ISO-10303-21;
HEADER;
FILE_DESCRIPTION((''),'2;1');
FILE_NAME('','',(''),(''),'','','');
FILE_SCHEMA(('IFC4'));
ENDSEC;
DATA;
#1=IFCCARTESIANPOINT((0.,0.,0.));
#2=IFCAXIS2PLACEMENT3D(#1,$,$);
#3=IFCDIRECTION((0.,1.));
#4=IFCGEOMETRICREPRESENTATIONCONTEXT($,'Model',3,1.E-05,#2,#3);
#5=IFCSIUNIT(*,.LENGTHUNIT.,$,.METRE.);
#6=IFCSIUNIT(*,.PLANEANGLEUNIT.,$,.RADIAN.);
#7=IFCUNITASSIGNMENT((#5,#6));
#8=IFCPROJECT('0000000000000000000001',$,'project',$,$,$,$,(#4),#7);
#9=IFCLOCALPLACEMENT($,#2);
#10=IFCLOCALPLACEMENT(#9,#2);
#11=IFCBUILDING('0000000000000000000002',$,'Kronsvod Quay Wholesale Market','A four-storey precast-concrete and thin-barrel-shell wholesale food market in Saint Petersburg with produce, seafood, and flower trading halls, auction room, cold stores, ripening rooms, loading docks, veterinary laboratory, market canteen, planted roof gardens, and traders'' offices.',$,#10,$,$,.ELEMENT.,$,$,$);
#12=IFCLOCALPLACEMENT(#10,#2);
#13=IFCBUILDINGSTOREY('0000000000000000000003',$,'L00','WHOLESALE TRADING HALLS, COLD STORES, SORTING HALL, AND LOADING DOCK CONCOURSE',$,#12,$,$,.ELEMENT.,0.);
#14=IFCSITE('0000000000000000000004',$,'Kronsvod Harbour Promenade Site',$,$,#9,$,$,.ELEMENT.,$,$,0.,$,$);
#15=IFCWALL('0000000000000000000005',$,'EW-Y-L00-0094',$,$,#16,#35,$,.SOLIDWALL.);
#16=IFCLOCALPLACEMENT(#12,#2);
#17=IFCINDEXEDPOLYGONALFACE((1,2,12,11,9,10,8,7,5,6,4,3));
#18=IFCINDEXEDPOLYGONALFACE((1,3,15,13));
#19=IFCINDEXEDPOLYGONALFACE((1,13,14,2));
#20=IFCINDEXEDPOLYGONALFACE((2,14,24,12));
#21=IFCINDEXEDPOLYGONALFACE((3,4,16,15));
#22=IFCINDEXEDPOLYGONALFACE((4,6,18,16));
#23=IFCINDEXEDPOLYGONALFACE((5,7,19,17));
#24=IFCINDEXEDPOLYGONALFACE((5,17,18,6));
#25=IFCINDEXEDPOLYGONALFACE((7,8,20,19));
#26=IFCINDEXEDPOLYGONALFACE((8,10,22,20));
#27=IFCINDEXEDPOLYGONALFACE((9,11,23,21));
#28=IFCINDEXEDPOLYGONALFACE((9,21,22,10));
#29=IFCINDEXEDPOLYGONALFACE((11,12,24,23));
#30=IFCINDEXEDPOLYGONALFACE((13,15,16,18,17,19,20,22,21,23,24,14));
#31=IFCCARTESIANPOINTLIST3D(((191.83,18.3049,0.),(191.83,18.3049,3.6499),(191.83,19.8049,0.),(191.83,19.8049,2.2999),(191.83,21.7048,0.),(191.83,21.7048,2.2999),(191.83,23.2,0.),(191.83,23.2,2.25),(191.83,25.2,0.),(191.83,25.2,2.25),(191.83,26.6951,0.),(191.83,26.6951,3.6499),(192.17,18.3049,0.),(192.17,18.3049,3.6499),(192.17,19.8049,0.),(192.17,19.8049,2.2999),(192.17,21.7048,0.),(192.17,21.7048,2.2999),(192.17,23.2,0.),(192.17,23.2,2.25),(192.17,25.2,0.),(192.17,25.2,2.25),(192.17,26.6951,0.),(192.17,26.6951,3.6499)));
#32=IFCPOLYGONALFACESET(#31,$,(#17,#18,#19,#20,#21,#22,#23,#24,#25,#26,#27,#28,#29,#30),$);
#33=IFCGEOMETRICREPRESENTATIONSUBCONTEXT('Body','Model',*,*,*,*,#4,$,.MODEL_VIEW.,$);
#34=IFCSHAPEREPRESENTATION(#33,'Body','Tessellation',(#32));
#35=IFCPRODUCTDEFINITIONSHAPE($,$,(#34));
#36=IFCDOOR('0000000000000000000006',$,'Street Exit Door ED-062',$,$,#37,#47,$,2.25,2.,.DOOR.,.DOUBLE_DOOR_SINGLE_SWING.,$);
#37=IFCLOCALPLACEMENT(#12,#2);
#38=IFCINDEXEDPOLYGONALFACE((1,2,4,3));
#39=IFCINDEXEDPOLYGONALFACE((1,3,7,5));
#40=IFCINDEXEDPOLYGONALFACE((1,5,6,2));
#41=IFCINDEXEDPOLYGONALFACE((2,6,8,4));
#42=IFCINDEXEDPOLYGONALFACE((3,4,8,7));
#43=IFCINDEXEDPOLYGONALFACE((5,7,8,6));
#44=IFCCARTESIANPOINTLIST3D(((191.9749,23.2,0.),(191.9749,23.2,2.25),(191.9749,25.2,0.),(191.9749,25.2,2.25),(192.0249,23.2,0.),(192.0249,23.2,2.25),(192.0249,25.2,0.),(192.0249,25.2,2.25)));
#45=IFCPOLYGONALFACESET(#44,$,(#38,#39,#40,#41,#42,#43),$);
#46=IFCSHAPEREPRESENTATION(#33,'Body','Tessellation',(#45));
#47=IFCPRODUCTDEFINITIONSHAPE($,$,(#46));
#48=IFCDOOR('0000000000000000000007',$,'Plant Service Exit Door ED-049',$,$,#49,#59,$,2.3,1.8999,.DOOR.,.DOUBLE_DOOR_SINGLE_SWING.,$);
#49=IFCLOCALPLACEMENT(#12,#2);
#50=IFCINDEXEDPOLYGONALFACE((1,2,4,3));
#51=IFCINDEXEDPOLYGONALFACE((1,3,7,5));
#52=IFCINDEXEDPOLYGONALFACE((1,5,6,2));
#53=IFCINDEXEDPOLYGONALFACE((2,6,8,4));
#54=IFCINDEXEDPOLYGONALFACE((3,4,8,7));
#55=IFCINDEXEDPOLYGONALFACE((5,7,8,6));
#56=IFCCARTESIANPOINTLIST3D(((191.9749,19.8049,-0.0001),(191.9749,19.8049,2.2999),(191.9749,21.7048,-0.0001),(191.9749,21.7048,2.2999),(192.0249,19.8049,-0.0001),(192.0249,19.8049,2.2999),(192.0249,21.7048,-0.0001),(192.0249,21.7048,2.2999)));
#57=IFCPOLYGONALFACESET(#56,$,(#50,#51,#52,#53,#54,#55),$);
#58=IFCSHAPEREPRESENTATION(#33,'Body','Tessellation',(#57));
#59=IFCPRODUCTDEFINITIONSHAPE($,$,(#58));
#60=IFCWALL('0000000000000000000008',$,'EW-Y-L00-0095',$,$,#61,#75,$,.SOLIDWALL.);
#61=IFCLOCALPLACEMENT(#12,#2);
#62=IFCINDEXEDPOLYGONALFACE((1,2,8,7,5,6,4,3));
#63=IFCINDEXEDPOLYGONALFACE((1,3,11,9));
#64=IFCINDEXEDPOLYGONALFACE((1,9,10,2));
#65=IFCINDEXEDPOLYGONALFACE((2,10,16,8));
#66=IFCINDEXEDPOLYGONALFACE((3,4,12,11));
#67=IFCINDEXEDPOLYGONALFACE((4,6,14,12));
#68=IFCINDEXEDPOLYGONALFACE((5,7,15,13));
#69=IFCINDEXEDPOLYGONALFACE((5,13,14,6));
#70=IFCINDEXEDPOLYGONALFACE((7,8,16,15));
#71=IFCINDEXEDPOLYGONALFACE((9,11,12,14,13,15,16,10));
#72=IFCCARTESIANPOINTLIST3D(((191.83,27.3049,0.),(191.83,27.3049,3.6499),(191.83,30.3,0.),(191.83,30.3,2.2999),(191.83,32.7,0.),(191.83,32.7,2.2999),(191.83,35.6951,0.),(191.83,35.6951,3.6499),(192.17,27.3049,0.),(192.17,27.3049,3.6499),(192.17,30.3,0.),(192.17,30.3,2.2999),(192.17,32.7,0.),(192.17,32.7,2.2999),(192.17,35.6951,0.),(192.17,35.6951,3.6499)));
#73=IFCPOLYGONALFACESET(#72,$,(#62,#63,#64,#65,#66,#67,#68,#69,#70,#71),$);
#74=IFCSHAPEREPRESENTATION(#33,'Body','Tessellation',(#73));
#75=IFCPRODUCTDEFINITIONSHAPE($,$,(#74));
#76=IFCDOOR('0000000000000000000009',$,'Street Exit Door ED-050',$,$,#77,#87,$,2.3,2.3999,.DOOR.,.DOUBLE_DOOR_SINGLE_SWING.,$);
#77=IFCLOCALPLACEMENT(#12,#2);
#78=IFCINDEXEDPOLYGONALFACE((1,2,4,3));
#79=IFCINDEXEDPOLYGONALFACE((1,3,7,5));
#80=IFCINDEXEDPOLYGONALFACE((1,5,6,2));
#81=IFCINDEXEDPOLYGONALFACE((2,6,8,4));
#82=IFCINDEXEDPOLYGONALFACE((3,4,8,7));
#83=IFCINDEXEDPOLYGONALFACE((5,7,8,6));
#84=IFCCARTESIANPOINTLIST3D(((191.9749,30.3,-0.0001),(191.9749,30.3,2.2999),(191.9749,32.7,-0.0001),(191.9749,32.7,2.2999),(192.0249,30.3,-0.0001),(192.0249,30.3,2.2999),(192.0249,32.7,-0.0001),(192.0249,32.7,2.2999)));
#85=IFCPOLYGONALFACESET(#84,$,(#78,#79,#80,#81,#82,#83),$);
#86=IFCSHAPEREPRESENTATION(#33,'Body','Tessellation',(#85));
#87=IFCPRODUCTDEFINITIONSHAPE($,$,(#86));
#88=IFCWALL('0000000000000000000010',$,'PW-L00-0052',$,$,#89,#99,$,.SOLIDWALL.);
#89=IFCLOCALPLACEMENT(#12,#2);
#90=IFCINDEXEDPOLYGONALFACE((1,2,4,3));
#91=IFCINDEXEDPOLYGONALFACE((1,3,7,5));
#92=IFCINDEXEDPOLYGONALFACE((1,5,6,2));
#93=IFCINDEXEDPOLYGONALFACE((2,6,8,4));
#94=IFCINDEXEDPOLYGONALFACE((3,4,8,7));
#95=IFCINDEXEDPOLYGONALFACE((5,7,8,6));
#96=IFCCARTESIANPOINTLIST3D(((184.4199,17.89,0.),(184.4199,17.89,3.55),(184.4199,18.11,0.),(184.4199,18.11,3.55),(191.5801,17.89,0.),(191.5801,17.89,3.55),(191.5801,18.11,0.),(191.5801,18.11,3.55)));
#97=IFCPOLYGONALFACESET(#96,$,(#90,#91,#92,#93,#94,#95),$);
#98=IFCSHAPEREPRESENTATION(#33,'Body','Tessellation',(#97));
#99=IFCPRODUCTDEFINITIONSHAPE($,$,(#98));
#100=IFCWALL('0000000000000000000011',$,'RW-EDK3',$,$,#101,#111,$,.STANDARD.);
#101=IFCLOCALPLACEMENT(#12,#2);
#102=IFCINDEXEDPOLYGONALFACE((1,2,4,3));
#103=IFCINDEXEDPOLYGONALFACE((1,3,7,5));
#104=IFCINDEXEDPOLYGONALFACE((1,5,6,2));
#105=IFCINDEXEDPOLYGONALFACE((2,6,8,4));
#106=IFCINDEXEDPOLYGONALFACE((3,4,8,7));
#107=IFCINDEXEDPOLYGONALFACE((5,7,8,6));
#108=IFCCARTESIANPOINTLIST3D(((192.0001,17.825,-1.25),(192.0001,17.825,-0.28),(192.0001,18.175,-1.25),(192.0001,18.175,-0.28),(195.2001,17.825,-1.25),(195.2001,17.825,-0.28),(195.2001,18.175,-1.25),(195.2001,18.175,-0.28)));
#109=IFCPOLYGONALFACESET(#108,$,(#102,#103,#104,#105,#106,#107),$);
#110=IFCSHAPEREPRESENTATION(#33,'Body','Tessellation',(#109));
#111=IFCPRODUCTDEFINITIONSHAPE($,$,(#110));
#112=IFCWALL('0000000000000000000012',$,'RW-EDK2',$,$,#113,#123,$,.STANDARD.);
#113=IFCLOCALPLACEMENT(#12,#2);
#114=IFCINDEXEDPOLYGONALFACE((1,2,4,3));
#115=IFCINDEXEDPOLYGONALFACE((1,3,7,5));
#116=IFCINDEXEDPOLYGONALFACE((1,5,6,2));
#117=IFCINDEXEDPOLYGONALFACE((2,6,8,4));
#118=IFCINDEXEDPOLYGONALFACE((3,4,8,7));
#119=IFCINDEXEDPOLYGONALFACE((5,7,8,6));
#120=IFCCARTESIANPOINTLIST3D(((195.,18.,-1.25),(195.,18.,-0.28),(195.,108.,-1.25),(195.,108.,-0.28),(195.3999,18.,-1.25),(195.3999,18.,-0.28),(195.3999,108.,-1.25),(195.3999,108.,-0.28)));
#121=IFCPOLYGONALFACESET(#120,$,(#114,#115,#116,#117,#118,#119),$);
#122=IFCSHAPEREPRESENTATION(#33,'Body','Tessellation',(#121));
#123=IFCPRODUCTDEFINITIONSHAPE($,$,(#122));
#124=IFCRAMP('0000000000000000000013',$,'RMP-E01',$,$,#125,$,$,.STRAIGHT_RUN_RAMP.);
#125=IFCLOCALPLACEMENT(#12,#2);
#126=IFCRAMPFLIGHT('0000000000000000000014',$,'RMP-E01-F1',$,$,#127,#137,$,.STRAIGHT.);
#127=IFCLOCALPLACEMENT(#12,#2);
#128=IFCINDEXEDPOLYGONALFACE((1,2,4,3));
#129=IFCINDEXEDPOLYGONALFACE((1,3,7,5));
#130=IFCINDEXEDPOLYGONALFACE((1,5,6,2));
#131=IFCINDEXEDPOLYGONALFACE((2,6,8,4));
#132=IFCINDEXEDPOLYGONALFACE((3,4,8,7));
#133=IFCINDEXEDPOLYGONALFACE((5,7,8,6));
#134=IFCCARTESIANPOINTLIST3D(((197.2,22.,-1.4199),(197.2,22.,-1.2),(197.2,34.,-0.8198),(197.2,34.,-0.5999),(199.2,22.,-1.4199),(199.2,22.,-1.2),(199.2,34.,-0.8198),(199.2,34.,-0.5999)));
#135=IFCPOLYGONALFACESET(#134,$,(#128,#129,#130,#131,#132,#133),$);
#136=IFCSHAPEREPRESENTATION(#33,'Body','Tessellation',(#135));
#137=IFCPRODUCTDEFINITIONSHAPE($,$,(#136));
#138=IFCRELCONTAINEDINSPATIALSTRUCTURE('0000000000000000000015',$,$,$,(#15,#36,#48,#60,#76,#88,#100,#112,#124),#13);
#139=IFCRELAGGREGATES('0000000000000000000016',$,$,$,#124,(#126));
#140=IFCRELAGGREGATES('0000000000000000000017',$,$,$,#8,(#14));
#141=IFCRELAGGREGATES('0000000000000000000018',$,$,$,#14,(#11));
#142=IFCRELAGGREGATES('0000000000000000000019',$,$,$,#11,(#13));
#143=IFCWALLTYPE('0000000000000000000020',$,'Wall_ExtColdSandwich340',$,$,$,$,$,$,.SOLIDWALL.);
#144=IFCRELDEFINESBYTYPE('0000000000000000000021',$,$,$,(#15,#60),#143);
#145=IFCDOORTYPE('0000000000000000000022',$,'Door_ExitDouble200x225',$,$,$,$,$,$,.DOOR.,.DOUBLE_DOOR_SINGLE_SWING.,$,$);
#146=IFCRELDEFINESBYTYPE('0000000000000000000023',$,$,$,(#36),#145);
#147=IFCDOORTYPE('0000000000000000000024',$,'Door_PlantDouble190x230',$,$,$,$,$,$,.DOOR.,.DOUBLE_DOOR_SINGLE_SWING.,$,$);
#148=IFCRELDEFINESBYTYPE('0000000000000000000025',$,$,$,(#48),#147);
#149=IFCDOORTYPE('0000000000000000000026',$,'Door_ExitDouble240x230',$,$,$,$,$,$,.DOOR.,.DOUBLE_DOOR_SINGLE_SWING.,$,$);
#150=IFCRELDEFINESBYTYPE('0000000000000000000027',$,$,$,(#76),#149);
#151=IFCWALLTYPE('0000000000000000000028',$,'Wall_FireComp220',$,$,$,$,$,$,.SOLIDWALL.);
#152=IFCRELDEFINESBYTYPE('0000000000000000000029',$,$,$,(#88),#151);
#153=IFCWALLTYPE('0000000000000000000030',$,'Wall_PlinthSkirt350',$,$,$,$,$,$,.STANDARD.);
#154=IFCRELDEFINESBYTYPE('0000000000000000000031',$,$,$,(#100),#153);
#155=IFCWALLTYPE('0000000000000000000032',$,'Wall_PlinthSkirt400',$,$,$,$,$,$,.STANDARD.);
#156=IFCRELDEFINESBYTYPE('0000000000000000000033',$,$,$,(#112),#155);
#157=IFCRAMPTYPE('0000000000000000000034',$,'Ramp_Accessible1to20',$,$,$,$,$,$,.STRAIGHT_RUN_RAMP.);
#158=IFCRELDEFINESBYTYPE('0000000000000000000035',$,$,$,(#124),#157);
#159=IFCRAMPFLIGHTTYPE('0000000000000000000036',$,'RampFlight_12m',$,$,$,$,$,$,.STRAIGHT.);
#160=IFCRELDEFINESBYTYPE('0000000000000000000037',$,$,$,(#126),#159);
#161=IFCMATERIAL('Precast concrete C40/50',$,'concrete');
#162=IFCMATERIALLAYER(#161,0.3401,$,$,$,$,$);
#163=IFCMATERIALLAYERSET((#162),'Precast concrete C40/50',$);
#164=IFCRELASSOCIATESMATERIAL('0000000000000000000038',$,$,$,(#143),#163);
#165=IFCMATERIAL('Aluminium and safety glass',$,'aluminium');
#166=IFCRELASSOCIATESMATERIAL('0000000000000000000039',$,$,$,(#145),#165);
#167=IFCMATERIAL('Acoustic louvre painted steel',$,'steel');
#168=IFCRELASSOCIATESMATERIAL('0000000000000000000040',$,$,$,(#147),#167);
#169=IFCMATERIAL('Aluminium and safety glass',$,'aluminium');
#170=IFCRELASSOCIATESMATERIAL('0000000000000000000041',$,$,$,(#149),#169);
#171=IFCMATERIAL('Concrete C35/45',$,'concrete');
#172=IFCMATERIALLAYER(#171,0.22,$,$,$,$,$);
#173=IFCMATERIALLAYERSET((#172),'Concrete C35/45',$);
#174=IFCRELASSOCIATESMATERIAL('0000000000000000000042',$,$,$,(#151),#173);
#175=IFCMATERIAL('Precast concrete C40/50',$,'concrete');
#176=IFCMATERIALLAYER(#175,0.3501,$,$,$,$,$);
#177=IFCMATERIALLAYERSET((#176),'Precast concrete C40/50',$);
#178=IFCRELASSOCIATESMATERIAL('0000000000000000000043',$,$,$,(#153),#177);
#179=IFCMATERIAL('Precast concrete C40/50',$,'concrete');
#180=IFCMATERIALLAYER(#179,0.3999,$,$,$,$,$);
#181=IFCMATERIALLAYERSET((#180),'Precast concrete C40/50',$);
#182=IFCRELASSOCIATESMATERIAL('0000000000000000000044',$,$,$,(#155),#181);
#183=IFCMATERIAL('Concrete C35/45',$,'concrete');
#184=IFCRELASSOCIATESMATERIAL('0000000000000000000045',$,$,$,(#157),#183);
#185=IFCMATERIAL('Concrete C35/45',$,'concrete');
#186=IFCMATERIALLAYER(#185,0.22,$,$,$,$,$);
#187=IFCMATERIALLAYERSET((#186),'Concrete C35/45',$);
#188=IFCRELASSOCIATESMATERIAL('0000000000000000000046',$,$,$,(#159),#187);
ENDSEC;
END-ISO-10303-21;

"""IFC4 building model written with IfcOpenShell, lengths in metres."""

from ifc_helpers import new_model, si_unit, direction, frame, frame_2d, origin, place, context, subcontext, project, spatial, polyline, rectangle, outline, extrude, material, layer, layer_set, type_object, element, fill, aggregate, save


model = new_model("IFC4")

# Units and contexts
model_context = context("Model", 3, precision=1e-05, world=origin(), true_north=direction((0.0, 1.0)))
body_context = subcontext(model_context, "Body", "Model", "MODEL_VIEW")
ifc_project = project(units=[si_unit("LENGTHUNIT", "METRE"), si_unit("PLANEANGLEUNIT", "RADIAN")], contexts=[model_context])

# Site, building, storey
site_placement = place(None, origin())
site = spatial("IfcSite", under=ifc_project, at=site_placement, Name="Kronsvod Harbour Promenade Site", CompositionType="ELEMENT", RefElevation=0.0)
building_placement = place(site_placement, origin())
building = spatial("IfcBuilding", under=site, at=building_placement, Name="Kronsvod Quay Wholesale Market", Description="A four-storey precast-concrete and thin-barrel-shell wholesale food market in Saint Petersburg with produce, seafood, and flower trading halls, auction room, cold stores, ripening rooms, loading docks, veterinary laboratory, market canteen, planted roof gardens, and traders' offices.", CompositionType="ELEMENT")
storey_placement = place(building_placement, origin())
storey = spatial("IfcBuildingStorey", under=building, at=storey_placement, Name="L00", Description="WHOLESALE TRADING HALLS, COLD STORES, SORTING HALL, AND LOADING DOCK CONCOURSE", CompositionType="ELEMENT", Elevation=0.0)

# Wall, openings, doors
ifc_material_1 = material(Name="Precast concrete C40/50", Category="concrete")
ifc_layer_1 = layer(ifc_material_1, 0.3401)
ifc_layer_set_1 = layer_set([ifc_layer_1], Name="Precast concrete C40/50")
wall_type_1 = type_object("IfcWallType", Name="Wall_ExtColdSandwich340", PredefinedType="SOLIDWALL", material=ifc_layer_set_1)
wall_1_placement = place(storey_placement, frame((192.0, 18.3049, 0.0), z_axis=(0.0, 0.0, 1.0), x_axis=(0.0, 1.0, 0.0)))
wall_1 = element("IfcWall", 1, at=wall_1_placement, inside=storey, type_object=wall_type_1, Name="EW-Y-L00-0094", PredefinedType="SOLIDWALL", context=body_context, shape_type="SweptSolid", body=[
    extrude(rectangle(XDim=8.3901, YDim=0.3401, at=frame_2d((4.1951, 0.0))), origin(), (0.0, 0.0, 1.0), 3.6499),
])
opening_1_placement = place(wall_1_placement, frame((1.5, 0.0, 0.0)))
opening_1 = element("IfcOpeningElement", 2, at=opening_1_placement, cuts=wall_1, PredefinedType="OPENING", context=body_context, shape_type="SweptSolid", body=[
    extrude(rectangle(XDim=1.8999, YDim=2.3, at=frame_2d((0.95, 1.1499))), frame((0.0, 0.1802, 0.0), z_axis=(0.0, -1.0, 0.0), x_axis=(1.0, 0.0, 0.0)), (0.0, 0.0, 1.0), 0.3601),
])
opening_2_placement = place(wall_1_placement, frame((4.895, 0.0, 0.0)))
opening_2 = element("IfcOpeningElement", 3, at=opening_2_placement, cuts=wall_1, PredefinedType="OPENING", context=body_context, shape_type="SweptSolid", body=[
    extrude(rectangle(XDim=2.0, YDim=2.25, at=frame_2d((1.0, 1.125))), frame((0.0, 0.1802, 0.0), z_axis=(0.0, -1.0, 0.0), x_axis=(1.0, 0.0, 0.0)), (0.0, 0.0, 1.0), 0.3601),
])
ifc_material_2 = material(Name="Aluminium and safety glass", Category="aluminium")
door_type_1 = type_object("IfcDoorType", Name="Door_ExitDouble200x225", OperationType="DOUBLE_DOOR_SINGLE_SWING", PredefinedType="DOOR", material=ifc_material_2)
door_1_placement = place(opening_2_placement, frame((2.0, 0.0, 0.0), z_axis=(0.0, 0.0, 1.0), x_axis=(-1.0, 0.0, 0.0)))
door_1 = element("IfcDoor", 4, at=door_1_placement, inside=storey, type_object=door_type_1, Name="Street Exit Door ED-062", OperationType="DOUBLE_DOOR_SINGLE_SWING", OverallHeight=2.25, OverallWidth=2.0, PredefinedType="DOOR", context=body_context, shape_type="SweptSolid", body=[
    extrude(rectangle(XDim=2.0, YDim=2.25, at=frame_2d((1.0, 1.125))), frame((0.0, 0.0249, 0.0), z_axis=(0.0, -1.0, 0.0), x_axis=(1.0, 0.0, 0.0)), (0.0, 0.0, 1.0), 0.05),
])
fill(opening_2, door_1)
ifc_material_3 = material(Name="Acoustic louvre painted steel", Category="steel")
door_type_2 = type_object("IfcDoorType", Name="Door_PlantDouble190x230", OperationType="DOUBLE_DOOR_SINGLE_SWING", PredefinedType="DOOR", material=ifc_material_3)
door_2_placement = place(opening_1_placement, frame((1.8999, 0.0, 0.0), z_axis=(0.0, 0.0, 1.0), x_axis=(-1.0, 0.0, 0.0)))
door_2 = element("IfcDoor", 5, at=door_2_placement, inside=storey, type_object=door_type_2, Name="Plant Service Exit Door ED-049", OperationType="DOUBLE_DOOR_SINGLE_SWING", OverallHeight=2.3, OverallWidth=1.8999, PredefinedType="DOOR", context=body_context, shape_type="SweptSolid", body=[
    extrude(rectangle(XDim=1.8999, YDim=2.3, at=frame_2d((0.95, 1.1499))), frame((0.0, 0.0249, 0.0), z_axis=(0.0, -1.0, 0.0), x_axis=(1.0, 0.0, 0.0)), (0.0, 0.0, 1.0), 0.05),
])
fill(opening_1, door_2)

# Wall, opening, door
wall_2_placement = place(storey_placement, frame((192.0, 27.3049, 0.0), z_axis=(0.0, 0.0, 1.0), x_axis=(0.0, 1.0, 0.0)))
wall_2 = element("IfcWall", 6, at=wall_2_placement, inside=storey, type_object=wall_type_1, Name="EW-Y-L00-0095", PredefinedType="SOLIDWALL", context=body_context, shape_type="SweptSolid", body=[
    extrude(rectangle(XDim=8.3901, YDim=0.3401, at=frame_2d((4.1951, 0.0))), origin(), (0.0, 0.0, 1.0), 3.6499),
])
opening_3_placement = place(wall_2_placement, frame((2.9951, 0.0, 0.0)))
opening_3 = element("IfcOpeningElement", 7, at=opening_3_placement, cuts=wall_2, PredefinedType="OPENING", context=body_context, shape_type="SweptSolid", body=[
    extrude(rectangle(XDim=2.3999, YDim=2.3, at=frame_2d((1.2, 1.1499))), frame((0.0, 0.1802, 0.0), z_axis=(0.0, -1.0, 0.0), x_axis=(1.0, 0.0, 0.0)), (0.0, 0.0, 1.0), 0.3601),
])
ifc_material_4 = material(Name="Aluminium and safety glass", Category="aluminium")
door_type_3 = type_object("IfcDoorType", Name="Door_ExitDouble240x230", OperationType="DOUBLE_DOOR_SINGLE_SWING", PredefinedType="DOOR", material=ifc_material_4)
door_3_placement = place(opening_3_placement, frame((2.3999, 0.0, 0.0), z_axis=(0.0, 0.0, 1.0), x_axis=(-1.0, 0.0, 0.0)))
door_3 = element("IfcDoor", 8, at=door_3_placement, inside=storey, type_object=door_type_3, Name="Street Exit Door ED-050", OperationType="DOUBLE_DOOR_SINGLE_SWING", OverallHeight=2.3, OverallWidth=2.3999, PredefinedType="DOOR", context=body_context, shape_type="SweptSolid", body=[
    extrude(rectangle(XDim=2.3999, YDim=2.3, at=frame_2d((1.2, 1.1499))), frame((0.0, 0.0249, 0.0), z_axis=(0.0, -1.0, 0.0), x_axis=(1.0, 0.0, 0.0)), (0.0, 0.0, 1.0), 0.05),
])
fill(opening_3, door_3)

# Walls
ifc_material_5 = material(Name="Concrete C35/45", Category="concrete")
ifc_layer_2 = layer(ifc_material_5, 0.22)
ifc_layer_set_2 = layer_set([ifc_layer_2], Name="Concrete C35/45")
wall_type_2 = type_object("IfcWallType", Name="Wall_FireComp220", PredefinedType="SOLIDWALL", material=ifc_layer_set_2)
wall_3_placement = place(storey_placement, frame((184.4199, 18.0, 0.0), z_axis=(0.0, 0.0, 1.0), x_axis=(1.0, 0.0, 0.0)))
element("IfcWall", 9, at=wall_3_placement, inside=storey, type_object=wall_type_2, Name="PW-L00-0052", PredefinedType="SOLIDWALL", context=body_context, shape_type="SweptSolid", body=[
    extrude(rectangle(XDim=7.1602, YDim=0.22, at=frame_2d((3.5801, 0.0))), origin(), (0.0, 0.0, 1.0), 3.55),
])
ifc_material_6 = material(Name="Precast concrete C40/50", Category="concrete")
ifc_layer_3 = layer(ifc_material_6, 0.3501)
ifc_layer_set_3 = layer_set([ifc_layer_3], Name="Precast concrete C40/50")
wall_type_3 = type_object("IfcWallType", Name="Wall_PlinthSkirt350", PredefinedType="STANDARD", material=ifc_layer_set_3)
wall_4_placement = place(storey_placement, frame((192.0, 18.0, -1.25), z_axis=(0.0, 0.0, 1.0), x_axis=(1.0, 0.0, 0.0)))
element("IfcWall", 10, at=wall_4_placement, inside=storey, type_object=wall_type_3, Name="RW-EDK3", PredefinedType="STANDARD", context=body_context, shape_type="SweptSolid", body=[
    extrude(rectangle(XDim=3.2, YDim=0.3501, at=frame_2d((1.6001, 0.0))), origin(), (0.0, 0.0, 1.0), 0.97),
])
ifc_material_7 = material(Name="Precast concrete C40/50", Category="concrete")
ifc_layer_4 = layer(ifc_material_7, 0.3999)
ifc_layer_set_4 = layer_set([ifc_layer_4], Name="Precast concrete C40/50")
wall_type_4 = type_object("IfcWallType", Name="Wall_PlinthSkirt400", PredefinedType="STANDARD", material=ifc_layer_set_4)
wall_5_placement = place(storey_placement, frame((195.2, 18.0, -1.25), z_axis=(0.0, 0.0, 1.0), x_axis=(0.0, 1.0, 0.0)))
element("IfcWall", 11, at=wall_5_placement, inside=storey, type_object=wall_type_4, Name="RW-EDK2", PredefinedType="STANDARD", context=body_context, shape_type="SweptSolid", body=[
    extrude(rectangle(XDim=90.0, YDim=0.3999, at=frame_2d((45.0, 0.0))), origin(), (0.0, 0.0, 1.0), 0.97),
])

# Ramp, ramp flight
ifc_material_8 = material(Name="Concrete C35/45", Category="concrete")
ramp_type = type_object("IfcRampType", Name="Ramp_Accessible1to20", PredefinedType="STRAIGHT_RUN_RAMP", material=ifc_material_8)
ramp_placement = place(storey_placement, origin())
ramp = element("IfcRamp", 12, at=ramp_placement, inside=storey, type_object=ramp_type, Name="RMP-E01", PredefinedType="STRAIGHT_RUN_RAMP")
ifc_material_9 = material(Name="Concrete C35/45", Category="concrete")
ifc_layer_5 = layer(ifc_material_9, 0.22)
ifc_layer_set_5 = layer_set([ifc_layer_5], Name="Concrete C35/45")
ramp_flight_type = type_object("IfcRampFlightType", Name="RampFlight_12m", PredefinedType="STRAIGHT", material=ifc_layer_set_5)
ramp_flight_placement = place(storey_placement, frame((198.2, 22.0, -1.2), z_axis=(0.0, 0.0, 1.0), x_axis=(0.0, 1.0, 0.0)))
ramp_flight = element("IfcRampFlight", 13, at=ramp_flight_placement, type_object=ramp_flight_type, Name="RMP-E01-F1", PredefinedType="STRAIGHT", context=body_context, shape_type="SweptSolid", body=[
    extrude(outline(polyline([(0.0, 0.0), (0.0, -0.22), (12.0, 0.3801), (12.0, 0.6001), (0.0, 0.0)])), frame((0.0, 1.0, 0.0), z_axis=(0.0, -1.0, 0.0), x_axis=(1.0, 0.0, 0.0)), (0.0, 0.0, 1.0), 2.0),
])
aggregate(ramp, [ramp_flight])

save(model, "model.ifc")
